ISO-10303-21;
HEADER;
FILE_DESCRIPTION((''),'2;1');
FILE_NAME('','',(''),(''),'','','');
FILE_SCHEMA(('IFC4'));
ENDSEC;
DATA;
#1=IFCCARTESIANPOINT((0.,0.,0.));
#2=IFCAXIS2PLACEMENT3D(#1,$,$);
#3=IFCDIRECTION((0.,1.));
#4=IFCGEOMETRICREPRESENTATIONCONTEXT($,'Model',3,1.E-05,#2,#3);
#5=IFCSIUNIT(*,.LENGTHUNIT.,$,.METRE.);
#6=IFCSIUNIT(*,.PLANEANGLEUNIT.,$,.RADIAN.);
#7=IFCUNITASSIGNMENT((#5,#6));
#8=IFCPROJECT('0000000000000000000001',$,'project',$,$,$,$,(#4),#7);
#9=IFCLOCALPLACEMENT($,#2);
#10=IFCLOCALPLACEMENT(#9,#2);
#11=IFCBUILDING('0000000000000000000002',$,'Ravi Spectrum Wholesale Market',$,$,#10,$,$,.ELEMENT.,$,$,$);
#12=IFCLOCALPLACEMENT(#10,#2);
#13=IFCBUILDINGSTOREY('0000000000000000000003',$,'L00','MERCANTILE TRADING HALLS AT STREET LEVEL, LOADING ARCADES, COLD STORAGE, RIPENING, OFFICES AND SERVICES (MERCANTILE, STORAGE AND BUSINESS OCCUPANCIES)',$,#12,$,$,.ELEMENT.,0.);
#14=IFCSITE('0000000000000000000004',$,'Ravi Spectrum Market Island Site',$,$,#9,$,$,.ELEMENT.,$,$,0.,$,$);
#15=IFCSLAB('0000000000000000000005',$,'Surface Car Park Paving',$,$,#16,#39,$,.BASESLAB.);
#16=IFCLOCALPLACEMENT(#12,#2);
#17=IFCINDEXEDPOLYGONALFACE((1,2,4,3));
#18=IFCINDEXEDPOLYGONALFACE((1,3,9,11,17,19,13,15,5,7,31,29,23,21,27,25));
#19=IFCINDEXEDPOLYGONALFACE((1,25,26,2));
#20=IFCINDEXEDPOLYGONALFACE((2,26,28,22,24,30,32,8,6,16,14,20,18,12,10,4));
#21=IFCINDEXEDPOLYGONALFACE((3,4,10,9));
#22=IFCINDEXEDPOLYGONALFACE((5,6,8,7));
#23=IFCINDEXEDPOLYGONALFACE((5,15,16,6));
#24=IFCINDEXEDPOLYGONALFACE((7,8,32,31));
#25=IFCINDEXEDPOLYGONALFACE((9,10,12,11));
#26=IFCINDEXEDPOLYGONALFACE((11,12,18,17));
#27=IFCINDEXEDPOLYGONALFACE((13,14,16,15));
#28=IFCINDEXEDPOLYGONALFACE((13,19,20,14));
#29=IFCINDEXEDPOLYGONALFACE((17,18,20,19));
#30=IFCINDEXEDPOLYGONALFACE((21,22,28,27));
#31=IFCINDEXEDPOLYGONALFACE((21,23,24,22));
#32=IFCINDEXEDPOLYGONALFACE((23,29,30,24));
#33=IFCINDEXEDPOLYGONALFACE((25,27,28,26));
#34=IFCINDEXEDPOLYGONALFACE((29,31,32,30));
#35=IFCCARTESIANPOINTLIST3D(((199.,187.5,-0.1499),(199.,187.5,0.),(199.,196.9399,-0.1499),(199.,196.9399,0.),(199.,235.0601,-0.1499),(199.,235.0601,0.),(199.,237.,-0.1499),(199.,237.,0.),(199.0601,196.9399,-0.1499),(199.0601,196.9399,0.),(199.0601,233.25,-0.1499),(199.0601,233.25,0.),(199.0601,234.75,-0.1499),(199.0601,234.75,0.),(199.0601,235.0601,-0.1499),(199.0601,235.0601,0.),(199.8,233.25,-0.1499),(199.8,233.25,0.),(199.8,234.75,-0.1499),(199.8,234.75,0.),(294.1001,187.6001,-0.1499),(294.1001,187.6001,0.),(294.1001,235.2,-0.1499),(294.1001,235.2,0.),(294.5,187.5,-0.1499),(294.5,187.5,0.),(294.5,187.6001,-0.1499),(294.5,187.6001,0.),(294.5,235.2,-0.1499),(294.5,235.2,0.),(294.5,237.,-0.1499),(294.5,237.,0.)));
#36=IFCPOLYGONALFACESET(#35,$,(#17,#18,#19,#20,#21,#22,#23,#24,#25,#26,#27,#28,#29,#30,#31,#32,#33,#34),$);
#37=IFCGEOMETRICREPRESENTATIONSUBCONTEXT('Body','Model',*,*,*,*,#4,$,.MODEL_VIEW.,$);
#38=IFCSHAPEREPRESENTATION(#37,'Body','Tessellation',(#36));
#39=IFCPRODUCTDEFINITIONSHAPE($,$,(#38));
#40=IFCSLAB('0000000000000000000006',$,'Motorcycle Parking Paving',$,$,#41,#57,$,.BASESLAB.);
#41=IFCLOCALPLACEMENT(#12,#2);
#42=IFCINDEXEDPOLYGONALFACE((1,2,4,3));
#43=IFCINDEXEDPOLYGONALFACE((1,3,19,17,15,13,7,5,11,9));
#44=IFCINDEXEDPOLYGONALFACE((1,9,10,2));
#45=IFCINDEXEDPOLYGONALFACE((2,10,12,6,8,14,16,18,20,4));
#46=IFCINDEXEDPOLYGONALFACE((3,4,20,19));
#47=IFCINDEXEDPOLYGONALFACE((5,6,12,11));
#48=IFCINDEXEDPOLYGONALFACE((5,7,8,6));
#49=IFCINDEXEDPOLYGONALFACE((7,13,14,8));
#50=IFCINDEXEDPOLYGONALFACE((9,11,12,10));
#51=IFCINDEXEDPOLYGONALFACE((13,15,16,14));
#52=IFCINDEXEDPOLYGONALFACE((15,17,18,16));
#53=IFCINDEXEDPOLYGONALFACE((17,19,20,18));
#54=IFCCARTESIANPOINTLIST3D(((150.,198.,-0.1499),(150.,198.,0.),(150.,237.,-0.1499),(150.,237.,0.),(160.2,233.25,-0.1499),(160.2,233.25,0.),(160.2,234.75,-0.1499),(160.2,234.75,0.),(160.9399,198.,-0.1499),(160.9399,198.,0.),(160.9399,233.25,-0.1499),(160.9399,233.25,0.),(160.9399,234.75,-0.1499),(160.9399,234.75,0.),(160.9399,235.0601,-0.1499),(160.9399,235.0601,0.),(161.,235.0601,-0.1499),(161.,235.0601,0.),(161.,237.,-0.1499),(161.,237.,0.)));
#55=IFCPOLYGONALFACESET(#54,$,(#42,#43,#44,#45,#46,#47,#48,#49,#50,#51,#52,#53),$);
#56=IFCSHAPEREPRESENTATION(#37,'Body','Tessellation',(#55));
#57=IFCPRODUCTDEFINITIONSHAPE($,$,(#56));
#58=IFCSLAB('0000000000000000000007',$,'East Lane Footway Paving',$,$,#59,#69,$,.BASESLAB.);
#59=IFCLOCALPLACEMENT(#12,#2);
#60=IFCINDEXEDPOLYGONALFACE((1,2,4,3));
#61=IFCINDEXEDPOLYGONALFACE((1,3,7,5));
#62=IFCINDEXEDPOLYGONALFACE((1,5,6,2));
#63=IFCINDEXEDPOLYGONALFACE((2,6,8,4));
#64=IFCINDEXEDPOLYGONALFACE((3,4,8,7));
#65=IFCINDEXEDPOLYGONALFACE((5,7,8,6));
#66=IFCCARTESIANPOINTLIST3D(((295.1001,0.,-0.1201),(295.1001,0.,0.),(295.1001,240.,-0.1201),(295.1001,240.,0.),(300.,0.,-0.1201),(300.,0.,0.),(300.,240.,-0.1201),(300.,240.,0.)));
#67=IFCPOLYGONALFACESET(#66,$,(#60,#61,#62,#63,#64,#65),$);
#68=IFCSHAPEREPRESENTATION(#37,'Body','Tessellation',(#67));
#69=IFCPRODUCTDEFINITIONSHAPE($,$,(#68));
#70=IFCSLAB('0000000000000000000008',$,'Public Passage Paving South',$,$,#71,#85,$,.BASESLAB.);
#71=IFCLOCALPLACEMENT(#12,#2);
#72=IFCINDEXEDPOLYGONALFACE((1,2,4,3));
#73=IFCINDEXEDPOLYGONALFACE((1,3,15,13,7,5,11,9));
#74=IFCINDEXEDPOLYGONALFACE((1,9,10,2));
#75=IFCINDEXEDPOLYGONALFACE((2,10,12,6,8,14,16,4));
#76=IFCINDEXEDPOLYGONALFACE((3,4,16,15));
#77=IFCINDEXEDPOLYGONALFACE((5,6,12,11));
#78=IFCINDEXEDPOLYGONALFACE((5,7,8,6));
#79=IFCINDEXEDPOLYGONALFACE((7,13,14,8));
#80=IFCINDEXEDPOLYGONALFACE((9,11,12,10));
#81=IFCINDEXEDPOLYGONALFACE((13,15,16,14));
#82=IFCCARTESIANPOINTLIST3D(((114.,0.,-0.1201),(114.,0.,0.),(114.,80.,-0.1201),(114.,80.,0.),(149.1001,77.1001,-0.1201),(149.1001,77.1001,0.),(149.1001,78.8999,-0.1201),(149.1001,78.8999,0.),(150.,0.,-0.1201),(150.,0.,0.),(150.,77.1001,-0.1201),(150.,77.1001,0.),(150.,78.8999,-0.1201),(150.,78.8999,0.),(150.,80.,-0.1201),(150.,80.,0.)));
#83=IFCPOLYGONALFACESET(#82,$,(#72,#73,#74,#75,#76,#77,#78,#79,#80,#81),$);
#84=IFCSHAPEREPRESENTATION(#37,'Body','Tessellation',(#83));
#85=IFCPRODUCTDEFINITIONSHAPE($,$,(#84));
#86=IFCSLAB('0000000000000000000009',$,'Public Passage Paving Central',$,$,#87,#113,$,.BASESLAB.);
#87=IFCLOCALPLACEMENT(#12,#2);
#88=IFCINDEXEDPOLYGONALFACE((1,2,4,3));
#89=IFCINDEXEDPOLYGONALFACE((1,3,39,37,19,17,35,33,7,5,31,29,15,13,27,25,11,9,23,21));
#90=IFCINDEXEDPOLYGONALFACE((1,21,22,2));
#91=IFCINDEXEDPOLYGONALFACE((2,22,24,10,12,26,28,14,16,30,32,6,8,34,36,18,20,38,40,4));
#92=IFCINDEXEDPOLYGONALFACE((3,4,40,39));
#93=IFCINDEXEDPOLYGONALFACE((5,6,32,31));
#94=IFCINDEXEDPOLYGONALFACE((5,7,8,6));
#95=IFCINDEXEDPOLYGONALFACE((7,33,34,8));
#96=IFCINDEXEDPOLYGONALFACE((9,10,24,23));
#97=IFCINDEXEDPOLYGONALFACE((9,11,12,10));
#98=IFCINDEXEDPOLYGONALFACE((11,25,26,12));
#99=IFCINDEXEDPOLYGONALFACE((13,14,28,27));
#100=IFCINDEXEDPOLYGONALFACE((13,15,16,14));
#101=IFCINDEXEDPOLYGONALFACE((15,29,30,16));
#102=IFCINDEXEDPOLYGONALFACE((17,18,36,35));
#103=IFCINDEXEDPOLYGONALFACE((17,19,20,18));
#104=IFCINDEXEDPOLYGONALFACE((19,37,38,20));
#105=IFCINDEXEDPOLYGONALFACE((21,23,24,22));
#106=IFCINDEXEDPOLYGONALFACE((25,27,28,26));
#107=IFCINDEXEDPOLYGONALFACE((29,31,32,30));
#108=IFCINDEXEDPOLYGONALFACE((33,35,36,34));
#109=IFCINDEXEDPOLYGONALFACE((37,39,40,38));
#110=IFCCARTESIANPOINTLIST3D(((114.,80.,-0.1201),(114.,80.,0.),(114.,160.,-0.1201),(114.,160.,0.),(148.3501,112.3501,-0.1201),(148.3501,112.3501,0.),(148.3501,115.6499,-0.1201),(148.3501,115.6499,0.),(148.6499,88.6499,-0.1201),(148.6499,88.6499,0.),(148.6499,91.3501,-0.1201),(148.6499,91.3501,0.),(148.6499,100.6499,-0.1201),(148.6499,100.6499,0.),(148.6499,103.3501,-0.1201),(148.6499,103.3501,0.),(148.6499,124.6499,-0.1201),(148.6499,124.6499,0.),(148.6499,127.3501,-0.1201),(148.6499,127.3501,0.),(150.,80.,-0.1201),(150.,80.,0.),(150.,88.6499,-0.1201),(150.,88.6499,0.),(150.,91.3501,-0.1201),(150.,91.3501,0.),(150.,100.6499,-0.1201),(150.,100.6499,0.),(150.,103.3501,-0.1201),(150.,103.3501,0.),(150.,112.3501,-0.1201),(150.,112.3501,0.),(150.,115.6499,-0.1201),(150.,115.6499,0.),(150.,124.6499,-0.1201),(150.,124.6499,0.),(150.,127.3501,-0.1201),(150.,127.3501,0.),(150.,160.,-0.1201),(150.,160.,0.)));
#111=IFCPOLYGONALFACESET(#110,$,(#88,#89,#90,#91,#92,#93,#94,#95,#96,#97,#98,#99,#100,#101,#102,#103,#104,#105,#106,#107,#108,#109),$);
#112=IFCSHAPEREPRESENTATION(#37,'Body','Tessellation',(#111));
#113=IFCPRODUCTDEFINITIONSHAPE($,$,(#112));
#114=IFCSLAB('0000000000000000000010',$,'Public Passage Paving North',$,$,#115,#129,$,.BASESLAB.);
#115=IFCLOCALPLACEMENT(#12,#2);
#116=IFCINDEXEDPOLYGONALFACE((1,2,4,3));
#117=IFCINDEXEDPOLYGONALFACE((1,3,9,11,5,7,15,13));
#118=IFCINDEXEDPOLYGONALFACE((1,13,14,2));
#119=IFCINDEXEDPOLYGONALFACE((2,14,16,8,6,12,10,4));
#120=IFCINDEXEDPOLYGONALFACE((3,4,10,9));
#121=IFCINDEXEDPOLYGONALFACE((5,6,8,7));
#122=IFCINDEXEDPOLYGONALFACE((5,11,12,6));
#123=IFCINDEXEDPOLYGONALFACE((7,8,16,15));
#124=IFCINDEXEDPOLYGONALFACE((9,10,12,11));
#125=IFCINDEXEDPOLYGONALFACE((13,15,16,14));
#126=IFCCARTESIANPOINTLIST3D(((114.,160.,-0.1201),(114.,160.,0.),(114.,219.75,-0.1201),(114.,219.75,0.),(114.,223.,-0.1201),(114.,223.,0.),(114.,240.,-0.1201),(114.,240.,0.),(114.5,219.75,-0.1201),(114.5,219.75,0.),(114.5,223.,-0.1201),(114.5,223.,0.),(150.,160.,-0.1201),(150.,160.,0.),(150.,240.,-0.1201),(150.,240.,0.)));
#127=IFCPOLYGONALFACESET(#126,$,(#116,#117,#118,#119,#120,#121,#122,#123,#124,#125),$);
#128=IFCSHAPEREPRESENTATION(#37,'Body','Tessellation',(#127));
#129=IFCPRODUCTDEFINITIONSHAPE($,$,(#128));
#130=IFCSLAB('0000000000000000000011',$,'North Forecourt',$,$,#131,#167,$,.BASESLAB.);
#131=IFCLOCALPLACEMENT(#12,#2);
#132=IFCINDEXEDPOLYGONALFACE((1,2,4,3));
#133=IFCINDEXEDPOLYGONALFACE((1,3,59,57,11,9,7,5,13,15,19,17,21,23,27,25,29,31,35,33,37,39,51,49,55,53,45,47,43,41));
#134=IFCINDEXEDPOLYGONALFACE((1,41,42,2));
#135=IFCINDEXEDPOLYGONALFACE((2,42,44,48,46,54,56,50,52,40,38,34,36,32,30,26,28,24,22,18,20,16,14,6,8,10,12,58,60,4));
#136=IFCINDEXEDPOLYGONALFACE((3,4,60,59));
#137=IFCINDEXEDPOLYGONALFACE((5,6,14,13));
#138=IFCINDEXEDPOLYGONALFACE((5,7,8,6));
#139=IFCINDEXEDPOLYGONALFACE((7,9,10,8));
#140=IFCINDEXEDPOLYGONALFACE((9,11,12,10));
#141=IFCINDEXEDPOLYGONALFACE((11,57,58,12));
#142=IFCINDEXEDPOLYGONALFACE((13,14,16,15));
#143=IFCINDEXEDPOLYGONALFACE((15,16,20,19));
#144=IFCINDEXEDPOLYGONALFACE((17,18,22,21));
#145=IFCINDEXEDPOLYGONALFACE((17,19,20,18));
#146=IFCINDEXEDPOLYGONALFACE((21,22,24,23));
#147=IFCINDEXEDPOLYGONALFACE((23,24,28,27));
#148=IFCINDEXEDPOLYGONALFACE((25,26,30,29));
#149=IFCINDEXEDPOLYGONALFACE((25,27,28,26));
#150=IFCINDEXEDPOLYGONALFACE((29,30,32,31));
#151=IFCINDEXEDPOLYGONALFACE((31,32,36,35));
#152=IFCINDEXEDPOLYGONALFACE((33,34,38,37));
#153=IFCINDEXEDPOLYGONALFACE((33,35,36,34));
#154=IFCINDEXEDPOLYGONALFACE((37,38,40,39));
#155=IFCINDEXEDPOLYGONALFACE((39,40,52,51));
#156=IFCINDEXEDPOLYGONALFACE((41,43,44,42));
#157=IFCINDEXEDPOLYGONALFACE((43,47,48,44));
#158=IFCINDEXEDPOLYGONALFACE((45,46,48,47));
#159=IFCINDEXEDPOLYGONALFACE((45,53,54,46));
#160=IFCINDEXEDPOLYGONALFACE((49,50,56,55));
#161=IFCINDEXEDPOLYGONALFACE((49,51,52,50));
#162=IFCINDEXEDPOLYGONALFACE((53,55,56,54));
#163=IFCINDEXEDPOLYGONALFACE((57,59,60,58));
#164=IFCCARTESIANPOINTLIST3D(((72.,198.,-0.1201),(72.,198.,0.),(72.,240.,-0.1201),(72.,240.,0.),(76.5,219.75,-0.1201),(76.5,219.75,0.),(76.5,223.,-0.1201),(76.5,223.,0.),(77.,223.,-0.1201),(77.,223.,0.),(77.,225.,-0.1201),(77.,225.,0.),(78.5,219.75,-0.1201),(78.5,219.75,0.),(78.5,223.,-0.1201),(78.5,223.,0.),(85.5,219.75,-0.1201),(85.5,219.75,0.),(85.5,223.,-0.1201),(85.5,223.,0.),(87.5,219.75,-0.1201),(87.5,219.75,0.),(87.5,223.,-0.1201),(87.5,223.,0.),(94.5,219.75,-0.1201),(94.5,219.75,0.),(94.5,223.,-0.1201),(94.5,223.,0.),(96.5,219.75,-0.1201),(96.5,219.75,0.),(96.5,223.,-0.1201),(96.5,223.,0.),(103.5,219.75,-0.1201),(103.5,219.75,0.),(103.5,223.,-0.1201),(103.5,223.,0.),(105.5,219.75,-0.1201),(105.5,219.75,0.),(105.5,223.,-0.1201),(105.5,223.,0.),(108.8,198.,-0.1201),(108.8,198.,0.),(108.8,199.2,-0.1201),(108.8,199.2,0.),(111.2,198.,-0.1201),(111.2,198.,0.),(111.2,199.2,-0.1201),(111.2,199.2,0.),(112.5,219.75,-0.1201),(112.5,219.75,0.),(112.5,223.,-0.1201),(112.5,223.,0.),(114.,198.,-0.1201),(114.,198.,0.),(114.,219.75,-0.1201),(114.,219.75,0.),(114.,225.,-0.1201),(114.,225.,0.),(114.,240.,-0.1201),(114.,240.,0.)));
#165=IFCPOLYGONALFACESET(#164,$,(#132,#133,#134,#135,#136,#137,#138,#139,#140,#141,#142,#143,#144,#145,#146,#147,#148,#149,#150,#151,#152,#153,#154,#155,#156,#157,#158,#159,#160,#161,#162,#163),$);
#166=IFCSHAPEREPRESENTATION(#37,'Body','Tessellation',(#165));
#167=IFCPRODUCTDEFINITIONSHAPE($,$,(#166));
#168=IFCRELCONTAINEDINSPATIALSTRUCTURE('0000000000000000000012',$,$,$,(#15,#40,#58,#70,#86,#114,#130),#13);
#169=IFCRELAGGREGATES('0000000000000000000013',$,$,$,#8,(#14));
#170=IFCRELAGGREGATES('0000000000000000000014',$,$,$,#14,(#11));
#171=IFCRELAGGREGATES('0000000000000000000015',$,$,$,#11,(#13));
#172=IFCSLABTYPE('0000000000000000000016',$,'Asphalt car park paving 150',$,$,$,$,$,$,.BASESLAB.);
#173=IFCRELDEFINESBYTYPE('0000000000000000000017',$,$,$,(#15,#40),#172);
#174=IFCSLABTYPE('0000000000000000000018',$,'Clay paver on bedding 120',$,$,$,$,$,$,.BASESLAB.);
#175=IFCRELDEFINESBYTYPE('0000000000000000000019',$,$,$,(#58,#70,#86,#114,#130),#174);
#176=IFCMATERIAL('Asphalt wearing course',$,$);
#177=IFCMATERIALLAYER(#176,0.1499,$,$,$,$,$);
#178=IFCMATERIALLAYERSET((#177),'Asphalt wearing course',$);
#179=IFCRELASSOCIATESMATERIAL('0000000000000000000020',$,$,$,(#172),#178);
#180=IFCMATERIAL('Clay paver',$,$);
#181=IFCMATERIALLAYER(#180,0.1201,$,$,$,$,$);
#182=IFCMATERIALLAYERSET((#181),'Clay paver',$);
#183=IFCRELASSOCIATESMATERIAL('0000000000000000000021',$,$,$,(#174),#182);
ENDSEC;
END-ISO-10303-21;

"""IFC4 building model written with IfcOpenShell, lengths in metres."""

from ifc_helpers import new_model, si_unit, direction, frame, origin, place, context, subcontext, project, spatial, polyline, outline, extrude, material, layer, layer_set, type_object, element, save


model = new_model("IFC4")

# Units and contexts
model_context = context("Model", 3, precision=1e-05, world=origin(), true_north=direction((0.0, 1.0)))
body_context = subcontext(model_context, "Body", "Model", "MODEL_VIEW")
ifc_project = project(units=[si_unit("LENGTHUNIT", "METRE"), si_unit("PLANEANGLEUNIT", "RADIAN")], contexts=[model_context])

# Site, building, storey
site_placement = place(None, origin())
site = spatial("IfcSite", under=ifc_project, at=site_placement, Name="Ravi Spectrum Market Island Site", CompositionType="ELEMENT", RefElevation=0.0)
building_placement = place(site_placement, origin())
building = spatial("IfcBuilding", under=site, at=building_placement, Name="Ravi Spectrum Wholesale Market", CompositionType="ELEMENT")
storey_placement = place(building_placement, origin())
storey = spatial("IfcBuildingStorey", under=building, at=storey_placement, Name="L00", Description="MERCANTILE TRADING HALLS AT STREET LEVEL, LOADING ARCADES, COLD STORAGE, RIPENING, OFFICES AND SERVICES (MERCANTILE, STORAGE AND BUSINESS OCCUPANCIES)", CompositionType="ELEMENT", Elevation=0.0)

# Slabs
ifc_material_1 = material(Name="Asphalt wearing course")
ifc_layer_1 = layer(ifc_material_1, 0.1499)
ifc_layer_set_1 = layer_set([ifc_layer_1], Name="Asphalt wearing course")
slab_type_1 = type_object("IfcSlabType", Name="Asphalt car park paving 150", PredefinedType="BASESLAB", material=ifc_layer_set_1)
slab_1_placement = place(storey_placement, frame((0.0, 0.0, -0.1499)))
element("IfcSlab", 1, at=slab_1_placement, inside=storey, type_object=slab_type_1, Name="Surface Car Park Paving", PredefinedType="BASESLAB", context=body_context, shape_type="SweptSolid", body=[
    extrude(outline(polyline([(294.1001, 187.6001), (294.1001, 235.2), (294.5, 235.2), (294.5, 237.0), (199.0, 237.0), (199.0, 235.0601), (199.0601, 235.0601), (199.0601, 234.75), (199.8, 234.75), (199.8, 233.25), (199.0601, 233.25), (199.0601, 196.9399), (199.0, 196.9399), (199.0, 187.5), (294.5, 187.5), (294.5, 187.6001), (294.1001, 187.6001)])), origin(), (0.0, 0.0, 1.0), 0.1499),
])
slab_2_placement = place(storey_placement, frame((0.0, 0.0, -0.1499)))
element("IfcSlab", 2, at=slab_2_placement, inside=storey, type_object=slab_type_1, Name="Motorcycle Parking Paving", PredefinedType="BASESLAB", context=body_context, shape_type="SweptSolid", body=[
    extrude(outline(polyline([(150.0, 198.0), (160.9399, 198.0), (160.9399, 233.25), (160.2, 233.25), (160.2, 234.75), (160.9399, 234.75), (160.9399, 235.0601), (161.0, 235.0601), (161.0, 237.0), (150.0, 237.0), (150.0, 198.0)])), origin(), (0.0, 0.0, 1.0), 0.1499),
])
ifc_material_2 = material(Name="Clay paver")
ifc_layer_2 = layer(ifc_material_2, 0.1201)
ifc_layer_set_2 = layer_set([ifc_layer_2], Name="Clay paver")
slab_type_2 = type_object("IfcSlabType", Name="Clay paver on bedding 120", PredefinedType="BASESLAB", material=ifc_layer_set_2)
slab_3_placement = place(storey_placement, frame((0.0, 0.0, -0.1201)))
element("IfcSlab", 3, at=slab_3_placement, inside=storey, type_object=slab_type_2, Name="East Lane Footway Paving", PredefinedType="BASESLAB", context=body_context, shape_type="SweptSolid", body=[
    extrude(outline(polyline([(300.0, 0.0), (300.0, 240.0), (295.1001, 240.0), (295.1001, 0.0), (300.0, 0.0)])), origin(), (0.0, 0.0, 1.0), 0.1201),
])
slab_4_placement = place(storey_placement, frame((0.0, 0.0, -0.1201)))
element("IfcSlab", 4, at=slab_4_placement, inside=storey, type_object=slab_type_2, Name="Public Passage Paving South", PredefinedType="BASESLAB", context=body_context, shape_type="SweptSolid", body=[
    extrude(outline(polyline([(114.0, 0.0), (150.0, 0.0), (150.0, 77.1001), (149.1001, 77.1001), (149.1001, 78.8999), (150.0, 78.8999), (150.0, 80.0), (114.0, 80.0), (114.0, 0.0)])), origin(), (0.0, 0.0, 1.0), 0.1201),
])
slab_5_placement = place(storey_placement, frame((0.0, 0.0, -0.1201)))
element("IfcSlab", 5, at=slab_5_placement, inside=storey, type_object=slab_type_2, Name="Public Passage Paving Central", PredefinedType="BASESLAB", context=body_context, shape_type="SweptSolid", body=[
    extrude(outline(polyline([(114.0, 160.0), (114.0, 80.0), (150.0, 80.0), (150.0, 88.6499), (148.6499, 88.6499), (148.6499, 91.3501), (150.0, 91.3501), (150.0, 100.6499), (148.6499, 100.6499), (148.6499, 103.3501), (150.0, 103.3501), (150.0, 112.3501), (148.3501, 112.3501), (148.3501, 115.6499), (150.0, 115.6499), (150.0, 124.6499), (148.6499, 124.6499), (148.6499, 127.3501), (150.0, 127.3501), (150.0, 160.0), (114.0, 160.0)])), origin(), (0.0, 0.0, 1.0), 0.1201),
])
slab_6_placement = place(storey_placement, frame((0.0, 0.0, -0.1201)))
element("IfcSlab", 6, at=slab_6_placement, inside=storey, type_object=slab_type_2, Name="Public Passage Paving North", PredefinedType="BASESLAB", context=body_context, shape_type="SweptSolid", body=[
    extrude(outline(polyline([(114.5, 219.75), (114.0, 219.75), (114.0, 160.0), (150.0, 160.0), (150.0, 240.0), (114.0, 240.0), (114.0, 223.0), (114.5, 223.0), (114.5, 219.75)])), origin(), (0.0, 0.0, 1.0), 0.1201),
])
slab_7_placement = place(storey_placement, frame((0.0, 0.0, -0.1201)))
element("IfcSlab", 7, at=slab_7_placement, inside=storey, type_object=slab_type_2, Name="North Forecourt", PredefinedType="BASESLAB", context=body_context, shape_type="SweptSolid", body=[
    extrude(outline(polyline([(108.8, 198.0), (108.8, 199.2), (111.2, 199.2), (111.2, 198.0), (114.0, 198.0), (114.0, 219.75), (112.5, 219.75), (112.5, 223.0), (105.5, 223.0), (105.5, 219.75), (103.5, 219.75), (103.5, 223.0), (96.5, 223.0), (96.5, 219.75), (94.5, 219.75), (94.5, 223.0), (87.5, 223.0), (87.5, 219.75), (85.5, 219.75), (85.5, 223.0), (78.5, 223.0), (78.5, 219.75), (76.5, 219.75), (76.5, 223.0), (77.0, 223.0), (77.0, 225.0), (114.0, 225.0), (114.0, 240.0), (72.0, 240.0), (72.0, 198.0), (108.8, 198.0)])), origin(), (0.0, 0.0, 1.0), 0.1201),
])

save(model, "model.ifc")
